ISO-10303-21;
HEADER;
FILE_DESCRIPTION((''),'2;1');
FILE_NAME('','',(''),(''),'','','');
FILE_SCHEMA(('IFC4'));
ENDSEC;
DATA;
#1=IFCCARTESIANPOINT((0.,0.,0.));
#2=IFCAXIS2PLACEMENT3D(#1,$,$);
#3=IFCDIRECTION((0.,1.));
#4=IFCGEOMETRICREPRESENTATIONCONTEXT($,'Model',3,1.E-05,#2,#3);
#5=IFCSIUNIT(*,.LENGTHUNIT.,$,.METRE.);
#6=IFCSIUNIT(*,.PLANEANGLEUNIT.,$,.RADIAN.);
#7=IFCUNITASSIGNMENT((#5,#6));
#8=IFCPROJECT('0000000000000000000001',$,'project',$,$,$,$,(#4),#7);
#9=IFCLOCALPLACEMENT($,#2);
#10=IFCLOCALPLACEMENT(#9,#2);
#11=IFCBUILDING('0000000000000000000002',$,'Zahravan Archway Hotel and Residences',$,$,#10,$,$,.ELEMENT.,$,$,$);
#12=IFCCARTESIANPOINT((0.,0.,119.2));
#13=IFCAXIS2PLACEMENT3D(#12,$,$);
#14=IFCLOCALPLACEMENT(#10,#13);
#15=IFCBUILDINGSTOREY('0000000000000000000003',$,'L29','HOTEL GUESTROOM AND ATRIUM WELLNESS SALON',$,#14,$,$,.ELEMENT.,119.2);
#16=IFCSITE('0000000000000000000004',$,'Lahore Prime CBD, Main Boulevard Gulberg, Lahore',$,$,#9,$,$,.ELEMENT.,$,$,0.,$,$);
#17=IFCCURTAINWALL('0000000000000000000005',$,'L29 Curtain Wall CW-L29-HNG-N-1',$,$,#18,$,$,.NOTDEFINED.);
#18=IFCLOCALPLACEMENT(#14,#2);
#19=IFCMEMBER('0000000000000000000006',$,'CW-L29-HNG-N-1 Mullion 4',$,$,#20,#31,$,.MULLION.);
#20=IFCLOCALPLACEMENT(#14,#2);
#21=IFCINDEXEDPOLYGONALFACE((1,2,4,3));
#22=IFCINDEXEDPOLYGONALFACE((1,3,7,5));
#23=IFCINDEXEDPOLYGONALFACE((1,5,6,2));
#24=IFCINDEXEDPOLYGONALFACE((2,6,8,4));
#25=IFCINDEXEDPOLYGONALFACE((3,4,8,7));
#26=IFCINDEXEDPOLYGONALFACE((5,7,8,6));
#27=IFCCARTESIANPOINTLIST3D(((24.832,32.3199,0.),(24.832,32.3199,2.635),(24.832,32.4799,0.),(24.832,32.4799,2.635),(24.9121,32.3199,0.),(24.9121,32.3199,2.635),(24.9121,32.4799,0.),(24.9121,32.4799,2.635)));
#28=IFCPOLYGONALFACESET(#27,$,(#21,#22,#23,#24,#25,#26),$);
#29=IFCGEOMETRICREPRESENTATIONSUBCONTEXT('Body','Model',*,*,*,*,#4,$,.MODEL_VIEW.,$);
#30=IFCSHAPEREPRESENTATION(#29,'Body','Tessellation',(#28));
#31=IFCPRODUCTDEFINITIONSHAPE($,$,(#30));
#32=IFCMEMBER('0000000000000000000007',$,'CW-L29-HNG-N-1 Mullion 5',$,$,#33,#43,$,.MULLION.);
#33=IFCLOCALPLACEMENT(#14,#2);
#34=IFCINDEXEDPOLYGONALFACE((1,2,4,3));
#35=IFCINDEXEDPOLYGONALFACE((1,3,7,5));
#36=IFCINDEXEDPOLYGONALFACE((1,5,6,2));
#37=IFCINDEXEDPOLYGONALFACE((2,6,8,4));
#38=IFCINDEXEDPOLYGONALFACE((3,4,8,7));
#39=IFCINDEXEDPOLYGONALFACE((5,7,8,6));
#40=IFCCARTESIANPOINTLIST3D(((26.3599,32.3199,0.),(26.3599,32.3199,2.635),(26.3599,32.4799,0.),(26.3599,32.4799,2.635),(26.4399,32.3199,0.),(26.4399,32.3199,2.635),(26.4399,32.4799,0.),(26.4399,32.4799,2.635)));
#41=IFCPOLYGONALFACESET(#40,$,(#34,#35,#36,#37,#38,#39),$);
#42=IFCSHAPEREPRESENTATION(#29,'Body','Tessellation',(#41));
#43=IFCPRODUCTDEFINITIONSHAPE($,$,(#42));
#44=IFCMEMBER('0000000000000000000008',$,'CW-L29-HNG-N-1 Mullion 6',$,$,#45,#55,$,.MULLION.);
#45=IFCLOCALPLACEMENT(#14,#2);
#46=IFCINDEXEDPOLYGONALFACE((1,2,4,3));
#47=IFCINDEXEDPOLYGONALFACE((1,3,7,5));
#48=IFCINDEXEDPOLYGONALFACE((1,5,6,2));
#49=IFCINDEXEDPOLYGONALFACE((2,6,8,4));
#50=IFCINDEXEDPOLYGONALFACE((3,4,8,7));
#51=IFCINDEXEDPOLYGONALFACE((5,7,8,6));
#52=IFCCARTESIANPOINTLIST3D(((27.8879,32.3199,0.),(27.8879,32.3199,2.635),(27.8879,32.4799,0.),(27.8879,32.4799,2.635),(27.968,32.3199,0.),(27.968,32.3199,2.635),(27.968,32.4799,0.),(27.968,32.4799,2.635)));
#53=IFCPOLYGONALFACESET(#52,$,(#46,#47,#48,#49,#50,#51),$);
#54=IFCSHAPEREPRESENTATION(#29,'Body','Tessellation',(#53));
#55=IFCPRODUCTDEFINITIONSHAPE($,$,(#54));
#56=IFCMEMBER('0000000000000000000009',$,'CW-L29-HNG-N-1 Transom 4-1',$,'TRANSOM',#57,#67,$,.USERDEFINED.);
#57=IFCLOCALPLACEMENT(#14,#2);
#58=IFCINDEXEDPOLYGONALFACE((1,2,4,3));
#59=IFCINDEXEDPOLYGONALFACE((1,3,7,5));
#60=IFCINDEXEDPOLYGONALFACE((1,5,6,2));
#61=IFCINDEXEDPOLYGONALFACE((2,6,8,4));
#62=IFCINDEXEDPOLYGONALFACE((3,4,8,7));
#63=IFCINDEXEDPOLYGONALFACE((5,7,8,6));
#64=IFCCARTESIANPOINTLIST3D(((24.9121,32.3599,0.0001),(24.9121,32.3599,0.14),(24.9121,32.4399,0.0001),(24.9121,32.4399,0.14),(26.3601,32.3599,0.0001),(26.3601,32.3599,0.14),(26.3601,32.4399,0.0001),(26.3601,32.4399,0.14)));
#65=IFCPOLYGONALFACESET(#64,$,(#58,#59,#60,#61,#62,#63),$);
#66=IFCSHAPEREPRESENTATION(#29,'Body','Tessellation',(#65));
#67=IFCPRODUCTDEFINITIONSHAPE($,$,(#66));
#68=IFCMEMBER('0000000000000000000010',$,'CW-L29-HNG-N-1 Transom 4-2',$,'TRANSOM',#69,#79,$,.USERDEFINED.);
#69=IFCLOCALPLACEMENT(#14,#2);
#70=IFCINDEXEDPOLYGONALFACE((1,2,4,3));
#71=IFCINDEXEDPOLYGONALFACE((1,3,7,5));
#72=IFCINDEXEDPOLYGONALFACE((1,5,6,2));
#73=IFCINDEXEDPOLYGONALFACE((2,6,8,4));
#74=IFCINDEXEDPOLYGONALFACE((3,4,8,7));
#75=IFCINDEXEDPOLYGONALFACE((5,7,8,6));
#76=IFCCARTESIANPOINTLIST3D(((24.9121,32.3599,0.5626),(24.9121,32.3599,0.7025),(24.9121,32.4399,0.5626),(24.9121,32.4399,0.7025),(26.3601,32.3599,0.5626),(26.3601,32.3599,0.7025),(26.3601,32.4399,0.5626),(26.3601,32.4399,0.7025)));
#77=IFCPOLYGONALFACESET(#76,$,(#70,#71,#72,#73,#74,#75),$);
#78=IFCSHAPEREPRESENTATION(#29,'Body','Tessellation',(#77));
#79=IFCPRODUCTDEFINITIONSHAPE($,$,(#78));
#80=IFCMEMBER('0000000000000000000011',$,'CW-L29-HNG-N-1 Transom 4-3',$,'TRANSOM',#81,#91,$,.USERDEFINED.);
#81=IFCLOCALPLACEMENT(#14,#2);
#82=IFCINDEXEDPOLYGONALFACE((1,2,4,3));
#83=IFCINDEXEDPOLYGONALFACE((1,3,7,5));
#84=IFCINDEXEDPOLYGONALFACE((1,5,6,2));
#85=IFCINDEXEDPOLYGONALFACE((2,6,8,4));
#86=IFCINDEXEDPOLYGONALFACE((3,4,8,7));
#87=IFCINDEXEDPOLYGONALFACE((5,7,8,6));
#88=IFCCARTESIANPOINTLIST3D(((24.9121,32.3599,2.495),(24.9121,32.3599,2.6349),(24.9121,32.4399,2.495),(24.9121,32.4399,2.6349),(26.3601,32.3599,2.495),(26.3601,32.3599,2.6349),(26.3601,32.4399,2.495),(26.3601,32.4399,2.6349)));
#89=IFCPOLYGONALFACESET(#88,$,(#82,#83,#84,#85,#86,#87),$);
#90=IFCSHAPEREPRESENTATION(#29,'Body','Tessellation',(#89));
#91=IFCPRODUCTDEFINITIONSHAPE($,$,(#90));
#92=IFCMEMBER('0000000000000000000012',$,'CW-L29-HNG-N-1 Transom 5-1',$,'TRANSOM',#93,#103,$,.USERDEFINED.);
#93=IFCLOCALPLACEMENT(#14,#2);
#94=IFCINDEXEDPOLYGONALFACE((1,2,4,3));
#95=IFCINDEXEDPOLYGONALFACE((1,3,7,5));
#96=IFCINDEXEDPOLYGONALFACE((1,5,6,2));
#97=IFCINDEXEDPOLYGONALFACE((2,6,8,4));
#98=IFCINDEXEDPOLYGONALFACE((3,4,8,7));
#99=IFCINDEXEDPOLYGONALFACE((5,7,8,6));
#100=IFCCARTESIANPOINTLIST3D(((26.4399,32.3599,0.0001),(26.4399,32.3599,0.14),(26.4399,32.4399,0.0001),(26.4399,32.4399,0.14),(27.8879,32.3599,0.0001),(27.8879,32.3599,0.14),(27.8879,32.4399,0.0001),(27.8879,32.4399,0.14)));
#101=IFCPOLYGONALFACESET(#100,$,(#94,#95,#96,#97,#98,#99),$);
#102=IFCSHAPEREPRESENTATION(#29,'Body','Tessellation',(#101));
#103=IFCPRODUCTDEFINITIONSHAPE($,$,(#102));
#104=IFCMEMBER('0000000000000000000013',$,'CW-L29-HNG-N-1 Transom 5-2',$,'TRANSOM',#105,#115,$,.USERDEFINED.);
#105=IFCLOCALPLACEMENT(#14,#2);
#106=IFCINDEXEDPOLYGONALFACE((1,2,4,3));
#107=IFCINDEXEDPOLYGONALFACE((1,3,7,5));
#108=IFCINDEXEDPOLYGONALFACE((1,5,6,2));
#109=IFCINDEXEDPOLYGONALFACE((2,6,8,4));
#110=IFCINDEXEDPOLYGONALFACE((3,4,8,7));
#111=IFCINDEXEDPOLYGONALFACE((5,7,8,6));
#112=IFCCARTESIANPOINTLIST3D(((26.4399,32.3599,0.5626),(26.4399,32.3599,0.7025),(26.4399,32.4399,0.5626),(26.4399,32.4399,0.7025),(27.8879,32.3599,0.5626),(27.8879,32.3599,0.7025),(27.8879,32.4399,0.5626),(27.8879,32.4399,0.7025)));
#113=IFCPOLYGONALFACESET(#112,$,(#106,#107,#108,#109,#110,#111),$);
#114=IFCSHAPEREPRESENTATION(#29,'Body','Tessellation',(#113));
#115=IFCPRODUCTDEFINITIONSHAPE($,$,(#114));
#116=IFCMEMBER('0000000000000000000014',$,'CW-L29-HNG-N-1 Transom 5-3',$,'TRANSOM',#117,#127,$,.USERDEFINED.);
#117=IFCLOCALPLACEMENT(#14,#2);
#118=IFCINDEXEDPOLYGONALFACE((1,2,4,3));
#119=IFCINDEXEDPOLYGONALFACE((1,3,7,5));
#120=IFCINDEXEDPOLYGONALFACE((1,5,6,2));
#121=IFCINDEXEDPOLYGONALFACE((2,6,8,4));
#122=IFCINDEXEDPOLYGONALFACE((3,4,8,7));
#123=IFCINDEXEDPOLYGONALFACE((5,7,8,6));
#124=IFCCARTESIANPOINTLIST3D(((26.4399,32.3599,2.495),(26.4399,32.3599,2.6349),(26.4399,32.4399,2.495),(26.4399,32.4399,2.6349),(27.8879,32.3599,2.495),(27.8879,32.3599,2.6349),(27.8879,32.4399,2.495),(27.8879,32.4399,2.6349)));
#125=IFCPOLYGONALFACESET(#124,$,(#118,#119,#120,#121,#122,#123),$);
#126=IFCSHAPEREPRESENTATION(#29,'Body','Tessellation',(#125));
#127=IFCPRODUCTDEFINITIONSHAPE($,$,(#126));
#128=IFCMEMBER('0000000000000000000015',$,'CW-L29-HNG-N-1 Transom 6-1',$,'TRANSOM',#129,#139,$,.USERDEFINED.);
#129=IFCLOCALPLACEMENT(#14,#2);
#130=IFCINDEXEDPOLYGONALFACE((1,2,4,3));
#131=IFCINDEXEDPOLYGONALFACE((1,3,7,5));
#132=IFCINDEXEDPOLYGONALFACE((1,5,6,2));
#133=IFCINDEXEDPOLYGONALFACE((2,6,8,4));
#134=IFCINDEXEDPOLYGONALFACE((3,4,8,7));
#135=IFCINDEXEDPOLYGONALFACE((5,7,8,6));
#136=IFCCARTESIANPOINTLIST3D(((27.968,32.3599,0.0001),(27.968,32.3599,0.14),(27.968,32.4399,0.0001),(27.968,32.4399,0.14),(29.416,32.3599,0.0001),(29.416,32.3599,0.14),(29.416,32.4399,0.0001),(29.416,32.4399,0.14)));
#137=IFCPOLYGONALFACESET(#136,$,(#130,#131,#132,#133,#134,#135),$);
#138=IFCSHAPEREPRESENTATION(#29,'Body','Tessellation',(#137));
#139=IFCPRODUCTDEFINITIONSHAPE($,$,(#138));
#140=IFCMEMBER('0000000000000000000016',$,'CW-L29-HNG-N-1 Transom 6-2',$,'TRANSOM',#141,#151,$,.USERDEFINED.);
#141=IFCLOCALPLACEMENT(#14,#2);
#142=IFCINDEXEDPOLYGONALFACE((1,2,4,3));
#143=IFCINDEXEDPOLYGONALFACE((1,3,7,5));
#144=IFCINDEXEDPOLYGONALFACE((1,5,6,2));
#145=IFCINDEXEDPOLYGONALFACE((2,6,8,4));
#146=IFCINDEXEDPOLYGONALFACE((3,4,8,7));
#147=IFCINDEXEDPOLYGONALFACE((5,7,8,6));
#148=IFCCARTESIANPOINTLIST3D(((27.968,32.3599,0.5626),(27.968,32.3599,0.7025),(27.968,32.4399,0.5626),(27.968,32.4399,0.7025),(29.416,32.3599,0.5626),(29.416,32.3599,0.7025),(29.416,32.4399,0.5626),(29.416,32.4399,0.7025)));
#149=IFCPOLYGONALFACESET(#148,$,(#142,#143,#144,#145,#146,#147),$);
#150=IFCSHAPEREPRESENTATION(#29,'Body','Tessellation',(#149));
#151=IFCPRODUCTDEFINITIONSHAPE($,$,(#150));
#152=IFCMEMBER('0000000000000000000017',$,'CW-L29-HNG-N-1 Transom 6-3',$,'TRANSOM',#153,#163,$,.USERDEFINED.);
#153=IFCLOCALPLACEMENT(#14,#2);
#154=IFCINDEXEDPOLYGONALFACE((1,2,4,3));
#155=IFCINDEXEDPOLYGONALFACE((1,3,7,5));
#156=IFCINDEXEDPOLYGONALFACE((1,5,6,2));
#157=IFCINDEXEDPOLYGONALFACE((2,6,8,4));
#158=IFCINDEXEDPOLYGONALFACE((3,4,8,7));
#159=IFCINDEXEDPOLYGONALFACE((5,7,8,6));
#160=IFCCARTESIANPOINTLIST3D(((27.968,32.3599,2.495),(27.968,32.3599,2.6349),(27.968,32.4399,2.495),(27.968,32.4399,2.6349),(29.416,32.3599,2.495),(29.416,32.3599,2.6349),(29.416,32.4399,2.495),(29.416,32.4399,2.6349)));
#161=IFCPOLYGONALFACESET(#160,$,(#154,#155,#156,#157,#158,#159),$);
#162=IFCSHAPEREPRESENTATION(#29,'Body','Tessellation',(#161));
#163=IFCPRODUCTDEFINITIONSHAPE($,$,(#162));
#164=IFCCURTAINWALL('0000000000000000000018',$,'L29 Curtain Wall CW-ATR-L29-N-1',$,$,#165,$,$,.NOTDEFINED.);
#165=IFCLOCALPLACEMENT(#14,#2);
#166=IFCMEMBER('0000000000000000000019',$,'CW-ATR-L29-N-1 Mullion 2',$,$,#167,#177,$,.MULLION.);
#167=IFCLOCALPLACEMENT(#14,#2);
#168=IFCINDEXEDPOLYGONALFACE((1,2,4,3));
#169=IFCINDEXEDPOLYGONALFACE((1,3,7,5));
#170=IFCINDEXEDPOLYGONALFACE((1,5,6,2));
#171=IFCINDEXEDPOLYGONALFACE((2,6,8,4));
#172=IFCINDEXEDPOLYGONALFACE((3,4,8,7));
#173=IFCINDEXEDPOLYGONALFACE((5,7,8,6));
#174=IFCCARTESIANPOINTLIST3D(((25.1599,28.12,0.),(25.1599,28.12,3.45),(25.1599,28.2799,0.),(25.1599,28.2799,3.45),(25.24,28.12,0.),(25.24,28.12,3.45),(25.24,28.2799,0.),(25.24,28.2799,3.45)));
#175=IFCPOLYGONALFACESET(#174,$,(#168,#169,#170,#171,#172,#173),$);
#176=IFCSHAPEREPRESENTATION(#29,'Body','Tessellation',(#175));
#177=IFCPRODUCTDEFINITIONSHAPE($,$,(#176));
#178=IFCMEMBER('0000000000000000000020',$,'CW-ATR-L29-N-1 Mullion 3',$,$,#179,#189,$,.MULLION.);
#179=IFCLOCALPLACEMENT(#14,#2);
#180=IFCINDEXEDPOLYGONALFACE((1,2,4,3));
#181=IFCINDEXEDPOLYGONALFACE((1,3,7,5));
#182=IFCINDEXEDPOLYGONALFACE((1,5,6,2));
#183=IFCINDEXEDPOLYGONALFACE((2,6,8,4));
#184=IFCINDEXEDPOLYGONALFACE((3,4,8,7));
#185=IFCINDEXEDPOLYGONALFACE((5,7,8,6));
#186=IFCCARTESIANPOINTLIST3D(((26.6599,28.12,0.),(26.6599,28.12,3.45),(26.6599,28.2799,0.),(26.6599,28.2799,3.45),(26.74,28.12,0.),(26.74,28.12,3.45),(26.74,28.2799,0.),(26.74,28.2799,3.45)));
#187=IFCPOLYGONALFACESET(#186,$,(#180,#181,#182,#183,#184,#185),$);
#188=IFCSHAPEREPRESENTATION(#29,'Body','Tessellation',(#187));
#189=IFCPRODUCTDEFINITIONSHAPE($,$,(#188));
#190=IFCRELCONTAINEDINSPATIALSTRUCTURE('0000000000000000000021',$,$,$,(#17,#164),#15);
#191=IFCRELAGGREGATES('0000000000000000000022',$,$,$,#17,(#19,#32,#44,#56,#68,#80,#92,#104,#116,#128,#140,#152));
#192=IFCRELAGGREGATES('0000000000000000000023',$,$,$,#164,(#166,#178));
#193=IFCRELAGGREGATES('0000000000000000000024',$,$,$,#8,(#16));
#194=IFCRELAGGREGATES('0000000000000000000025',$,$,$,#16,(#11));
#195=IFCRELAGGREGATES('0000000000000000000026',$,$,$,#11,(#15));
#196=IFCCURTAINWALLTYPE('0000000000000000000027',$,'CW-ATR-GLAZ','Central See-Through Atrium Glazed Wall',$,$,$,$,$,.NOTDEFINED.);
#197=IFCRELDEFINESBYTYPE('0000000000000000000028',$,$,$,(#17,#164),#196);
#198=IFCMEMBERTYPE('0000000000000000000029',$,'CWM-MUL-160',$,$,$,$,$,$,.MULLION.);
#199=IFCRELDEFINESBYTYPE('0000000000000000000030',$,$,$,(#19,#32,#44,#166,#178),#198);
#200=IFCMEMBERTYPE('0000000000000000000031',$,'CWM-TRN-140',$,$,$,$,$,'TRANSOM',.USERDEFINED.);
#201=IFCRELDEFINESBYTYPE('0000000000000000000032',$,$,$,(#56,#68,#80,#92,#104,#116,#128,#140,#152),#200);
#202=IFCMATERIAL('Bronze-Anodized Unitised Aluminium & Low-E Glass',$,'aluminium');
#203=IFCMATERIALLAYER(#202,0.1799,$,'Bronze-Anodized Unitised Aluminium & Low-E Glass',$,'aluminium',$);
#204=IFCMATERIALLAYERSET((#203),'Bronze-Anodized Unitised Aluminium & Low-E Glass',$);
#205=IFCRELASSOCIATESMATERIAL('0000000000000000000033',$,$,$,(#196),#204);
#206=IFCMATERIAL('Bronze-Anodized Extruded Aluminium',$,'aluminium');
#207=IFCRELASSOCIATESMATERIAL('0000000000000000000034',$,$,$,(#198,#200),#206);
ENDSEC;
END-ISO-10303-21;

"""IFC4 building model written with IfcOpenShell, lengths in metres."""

from ifc_helpers import new_model, si_unit, direction, frame, origin, origin_2d, place, context, subcontext, project, spatial, rectangle, extrude, source, transform, mapped, material, layer, layer_set, material_profile, profile_set, type_object, element, aggregate, save


model = new_model("IFC4")

# Units and contexts
model_context = context("Model", 3, precision=1e-05, world=origin(), true_north=direction((0.0, 1.0)))
body_context = subcontext(model_context, "Body", "Model", "MODEL_VIEW")
ifc_project = project(units=[si_unit("LENGTHUNIT", "METRE"), si_unit("PLANEANGLEUNIT", "RADIAN")], contexts=[model_context])

# Site, building, storey
site_placement = place(None, origin())
site = spatial("IfcSite", under=ifc_project, at=site_placement, Name="Lahore Prime CBD, Main Boulevard Gulberg, Lahore", CompositionType="ELEMENT", RefElevation=0.0)
building_placement = place(site_placement, origin())
building = spatial("IfcBuilding", under=site, at=building_placement, Name="Zahravan Archway Hotel and Residences", CompositionType="ELEMENT")
storey_placement = place(building_placement, frame((0.0, 0.0, 119.2)))
storey = spatial("IfcBuildingStorey", under=building, at=storey_placement, Name="L29", Description="HOTEL GUESTROOM AND ATRIUM WELLNESS SALON", CompositionType="ELEMENT", Elevation=119.2)

# Curtain walls, members
ifc_material_1 = material(Name="Bronze-Anodized Unitised Aluminium & Low-E Glass", Category="aluminium")
ifc_layer_1 = layer(ifc_material_1, 0.1799, Name="Bronze-Anodized Unitised Aluminium & Low-E Glass", Category="aluminium")
ifc_layer_set_1 = layer_set([ifc_layer_1], Name="Bronze-Anodized Unitised Aluminium & Low-E Glass")
curtain_wall_type = type_object("IfcCurtainWallType", Name="CW-ATR-GLAZ", Description="Central See-Through Atrium Glazed Wall", PredefinedType="NOTDEFINED", material=ifc_layer_set_1)
curtain_wall_1_placement = place(storey_placement, origin())
curtain_wall_1 = element("IfcCurtainWall", 1, at=curtain_wall_1_placement, inside=storey, type_object=curtain_wall_type, Name="L29 Curtain Wall CW-L29-HNG-N-1", PredefinedType="NOTDEFINED")
ifc_material_2 = material(Name="Bronze-Anodized Extruded Aluminium", Category="aluminium")
ifc_material_profile_1 = material_profile(ifc_material_2, rectangle(XDim=0.0801, YDim=0.1599, at=origin_2d()), Name="MUL 80x160", Category="aluminium")
ifc_profile_set_1 = profile_set([ifc_material_profile_1], Name="Bronze-Anodized Extruded Aluminium")
member_type_1 = type_object("IfcMemberType", Name="CWM-MUL-160", PredefinedType="MULLION", material=ifc_profile_set_1)
shared_shape_1 = source(origin(), body_context, "Body", "SweptSolid", [
    extrude(rectangle(XDim=0.0801, YDim=0.1599, at=origin_2d()), origin(), (0.0, 0.0, 1.0), 2.635),
])
member_1_placement = place(storey_placement, frame((24.8721, 32.3999, 0.0), z_axis=(0.0, 0.0, 1.0), x_axis=(1.0, 0.0, 0.0)))
member_1 = element("IfcMember", 2, at=member_1_placement, type_object=member_type_1, Name="CW-L29-HNG-N-1 Mullion 4", PredefinedType="MULLION", context=body_context, shape_type="MappedRepresentation", body=[
    mapped(shared_shape_1, transform((0.0, 0.0, 0.0), scale=1.0)),
])
member_2_placement = place(storey_placement, frame((26.3999, 32.3999, 0.0), z_axis=(0.0, 0.0, 1.0), x_axis=(1.0, 0.0, 0.0)))
member_2 = element("IfcMember", 3, at=member_2_placement, type_object=member_type_1, Name="CW-L29-HNG-N-1 Mullion 5", PredefinedType="MULLION", context=body_context, shape_type="MappedRepresentation", body=[
    mapped(shared_shape_1, transform((0.0, 0.0, 0.0), scale=1.0)),
])
member_3_placement = place(storey_placement, frame((27.928, 32.3999, 0.0), z_axis=(0.0, 0.0, 1.0), x_axis=(1.0, 0.0, 0.0)))
member_3 = element("IfcMember", 4, at=member_3_placement, type_object=member_type_1, Name="CW-L29-HNG-N-1 Mullion 6", PredefinedType="MULLION", context=body_context, shape_type="MappedRepresentation", body=[
    mapped(shared_shape_1, transform((0.0, 0.0, 0.0), scale=1.0)),
])
ifc_material_profile_2 = material_profile(ifc_material_2, rectangle(XDim=0.0801, YDim=0.1399, at=origin_2d()), Name="TRN 80x140", Category="aluminium")
ifc_profile_set_2 = profile_set([ifc_material_profile_2], Name="Bronze-Anodized Extruded Aluminium")
member_type_2 = type_object("IfcMemberType", Name="CWM-TRN-140", ElementType="TRANSOM", PredefinedType="USERDEFINED", material=ifc_profile_set_2)
shared_shape_2 = source(origin(), body_context, "Body", "SweptSolid", [
    extrude(rectangle(XDim=0.0801, YDim=0.1399, at=origin_2d()), origin(), (0.0, 0.0, 1.0), 1.448),
])
member_4_placement = place(storey_placement, frame((24.9121, 32.3999, 0.0701), z_axis=(1.0, 0.0, 0.0), x_axis=(0.0, 1.0, 0.0)))
member_4 = element("IfcMember", 5, at=member_4_placement, type_object=member_type_2, Name="CW-L29-HNG-N-1 Transom 4-1", ObjectType="TRANSOM", PredefinedType="USERDEFINED", context=body_context, shape_type="MappedRepresentation", body=[
    mapped(shared_shape_2, transform((0.0, 0.0, 0.0), scale=1.0)),
])
member_5_placement = place(storey_placement, frame((24.9121, 32.3999, 0.6326), z_axis=(1.0, 0.0, 0.0), x_axis=(0.0, 1.0, 0.0)))
member_5 = element("IfcMember", 6, at=member_5_placement, type_object=member_type_2, Name="CW-L29-HNG-N-1 Transom 4-2", ObjectType="TRANSOM", PredefinedType="USERDEFINED", context=body_context, shape_type="MappedRepresentation", body=[
    mapped(shared_shape_2, transform((0.0, 0.0, 0.0), scale=1.0)),
])
member_6_placement = place(storey_placement, frame((24.9121, 32.3999, 2.5649), z_axis=(1.0, 0.0, 0.0), x_axis=(0.0, 1.0, 0.0)))
member_6 = element("IfcMember", 7, at=member_6_placement, type_object=member_type_2, Name="CW-L29-HNG-N-1 Transom 4-3", ObjectType="TRANSOM", PredefinedType="USERDEFINED", context=body_context, shape_type="MappedRepresentation", body=[
    mapped(shared_shape_2, transform((0.0, 0.0, 0.0), scale=1.0)),
])
member_7_placement = place(storey_placement, frame((26.4399, 32.3999, 0.0701), z_axis=(1.0, 0.0, 0.0), x_axis=(0.0, 1.0, 0.0)))
member_7 = element("IfcMember", 8, at=member_7_placement, type_object=member_type_2, Name="CW-L29-HNG-N-1 Transom 5-1", ObjectType="TRANSOM", PredefinedType="USERDEFINED", context=body_context, shape_type="MappedRepresentation", body=[
    mapped(shared_shape_2, transform((0.0, 0.0, 0.0), scale=1.0)),
])
member_8_placement = place(storey_placement, frame((26.4399, 32.3999, 0.6326), z_axis=(1.0, 0.0, 0.0), x_axis=(0.0, 1.0, 0.0)))
member_8 = element("IfcMember", 9, at=member_8_placement, type_object=member_type_2, Name="CW-L29-HNG-N-1 Transom 5-2", ObjectType="TRANSOM", PredefinedType="USERDEFINED", context=body_context, shape_type="MappedRepresentation", body=[
    mapped(shared_shape_2, transform((0.0, 0.0, 0.0), scale=1.0)),
])
member_9_placement = place(storey_placement, frame((26.4399, 32.3999, 2.5649), z_axis=(1.0, 0.0, 0.0), x_axis=(0.0, 1.0, 0.0)))
member_9 = element("IfcMember", 10, at=member_9_placement, type_object=member_type_2, Name="CW-L29-HNG-N-1 Transom 5-3", ObjectType="TRANSOM", PredefinedType="USERDEFINED", context=body_context, shape_type="MappedRepresentation", body=[
    mapped(shared_shape_2, transform((0.0, 0.0, 0.0), scale=1.0)),
])
member_10_placement = place(storey_placement, frame((27.968, 32.3999, 0.0701), z_axis=(1.0, 0.0, 0.0), x_axis=(0.0, 1.0, 0.0)))
member_10 = element("IfcMember", 11, at=member_10_placement, type_object=member_type_2, Name="CW-L29-HNG-N-1 Transom 6-1", ObjectType="TRANSOM", PredefinedType="USERDEFINED", context=body_context, shape_type="MappedRepresentation", body=[
    mapped(shared_shape_2, transform((0.0, 0.0, 0.0), scale=1.0)),
])
member_11_placement = place(storey_placement, frame((27.968, 32.3999, 0.6326), z_axis=(1.0, 0.0, 0.0), x_axis=(0.0, 1.0, 0.0)))
member_11 = element("IfcMember", 12, at=member_11_placement, type_object=member_type_2, Name="CW-L29-HNG-N-1 Transom 6-2", ObjectType="TRANSOM", PredefinedType="USERDEFINED", context=body_context, shape_type="MappedRepresentation", body=[
    mapped(shared_shape_2, transform((0.0, 0.0, 0.0), scale=1.0)),
])
member_12_placement = place(storey_placement, frame((27.968, 32.3999, 2.5649), z_axis=(1.0, 0.0, 0.0), x_axis=(0.0, 1.0, 0.0)))
member_12 = element("IfcMember", 13, at=member_12_placement, type_object=member_type_2, Name="CW-L29-HNG-N-1 Transom 6-3", ObjectType="TRANSOM", PredefinedType="USERDEFINED", context=body_context, shape_type="MappedRepresentation", body=[
    mapped(shared_shape_2, transform((0.0, 0.0, 0.0), scale=1.0)),
])
curtain_wall_2_placement = place(storey_placement, origin())
curtain_wall_2 = element("IfcCurtainWall", 14, at=curtain_wall_2_placement, inside=storey, type_object=curtain_wall_type, Name="L29 Curtain Wall CW-ATR-L29-N-1", PredefinedType="NOTDEFINED")
shared_shape_3 = source(origin(), body_context, "Body", "SweptSolid", [
    extrude(rectangle(XDim=0.0801, YDim=0.1599, at=origin_2d()), origin(), (0.0, 0.0, 1.0), 3.45),
])
member_13_placement = place(storey_placement, frame((25.2, 28.2, 0.0), z_axis=(0.0, 0.0, 1.0), x_axis=(1.0, 0.0, 0.0)))
member_13 = element("IfcMember", 15, at=member_13_placement, type_object=member_type_1, Name="CW-ATR-L29-N-1 Mullion 2", PredefinedType="MULLION", context=body_context, shape_type="MappedRepresentation", body=[
    mapped(shared_shape_3, transform((0.0, 0.0, 0.0), scale=1.0)),
])
member_14_placement = place(storey_placement, frame((26.7, 28.2, 0.0), z_axis=(0.0, 0.0, 1.0), x_axis=(1.0, 0.0, 0.0)))
member_14 = element("IfcMember", 16, at=member_14_placement, type_object=member_type_1, Name="CW-ATR-L29-N-1 Mullion 3", PredefinedType="MULLION", context=body_context, shape_type="MappedRepresentation", body=[
    mapped(shared_shape_3, transform((0.0, 0.0, 0.0), scale=1.0)),
])

aggregate(curtain_wall_1, [member_1, member_2, member_3, member_4, member_5, member_6, member_7, member_8, member_9, member_10, member_11, member_12])
aggregate(curtain_wall_2, [member_13, member_14])

save(model, "model.ifc")
